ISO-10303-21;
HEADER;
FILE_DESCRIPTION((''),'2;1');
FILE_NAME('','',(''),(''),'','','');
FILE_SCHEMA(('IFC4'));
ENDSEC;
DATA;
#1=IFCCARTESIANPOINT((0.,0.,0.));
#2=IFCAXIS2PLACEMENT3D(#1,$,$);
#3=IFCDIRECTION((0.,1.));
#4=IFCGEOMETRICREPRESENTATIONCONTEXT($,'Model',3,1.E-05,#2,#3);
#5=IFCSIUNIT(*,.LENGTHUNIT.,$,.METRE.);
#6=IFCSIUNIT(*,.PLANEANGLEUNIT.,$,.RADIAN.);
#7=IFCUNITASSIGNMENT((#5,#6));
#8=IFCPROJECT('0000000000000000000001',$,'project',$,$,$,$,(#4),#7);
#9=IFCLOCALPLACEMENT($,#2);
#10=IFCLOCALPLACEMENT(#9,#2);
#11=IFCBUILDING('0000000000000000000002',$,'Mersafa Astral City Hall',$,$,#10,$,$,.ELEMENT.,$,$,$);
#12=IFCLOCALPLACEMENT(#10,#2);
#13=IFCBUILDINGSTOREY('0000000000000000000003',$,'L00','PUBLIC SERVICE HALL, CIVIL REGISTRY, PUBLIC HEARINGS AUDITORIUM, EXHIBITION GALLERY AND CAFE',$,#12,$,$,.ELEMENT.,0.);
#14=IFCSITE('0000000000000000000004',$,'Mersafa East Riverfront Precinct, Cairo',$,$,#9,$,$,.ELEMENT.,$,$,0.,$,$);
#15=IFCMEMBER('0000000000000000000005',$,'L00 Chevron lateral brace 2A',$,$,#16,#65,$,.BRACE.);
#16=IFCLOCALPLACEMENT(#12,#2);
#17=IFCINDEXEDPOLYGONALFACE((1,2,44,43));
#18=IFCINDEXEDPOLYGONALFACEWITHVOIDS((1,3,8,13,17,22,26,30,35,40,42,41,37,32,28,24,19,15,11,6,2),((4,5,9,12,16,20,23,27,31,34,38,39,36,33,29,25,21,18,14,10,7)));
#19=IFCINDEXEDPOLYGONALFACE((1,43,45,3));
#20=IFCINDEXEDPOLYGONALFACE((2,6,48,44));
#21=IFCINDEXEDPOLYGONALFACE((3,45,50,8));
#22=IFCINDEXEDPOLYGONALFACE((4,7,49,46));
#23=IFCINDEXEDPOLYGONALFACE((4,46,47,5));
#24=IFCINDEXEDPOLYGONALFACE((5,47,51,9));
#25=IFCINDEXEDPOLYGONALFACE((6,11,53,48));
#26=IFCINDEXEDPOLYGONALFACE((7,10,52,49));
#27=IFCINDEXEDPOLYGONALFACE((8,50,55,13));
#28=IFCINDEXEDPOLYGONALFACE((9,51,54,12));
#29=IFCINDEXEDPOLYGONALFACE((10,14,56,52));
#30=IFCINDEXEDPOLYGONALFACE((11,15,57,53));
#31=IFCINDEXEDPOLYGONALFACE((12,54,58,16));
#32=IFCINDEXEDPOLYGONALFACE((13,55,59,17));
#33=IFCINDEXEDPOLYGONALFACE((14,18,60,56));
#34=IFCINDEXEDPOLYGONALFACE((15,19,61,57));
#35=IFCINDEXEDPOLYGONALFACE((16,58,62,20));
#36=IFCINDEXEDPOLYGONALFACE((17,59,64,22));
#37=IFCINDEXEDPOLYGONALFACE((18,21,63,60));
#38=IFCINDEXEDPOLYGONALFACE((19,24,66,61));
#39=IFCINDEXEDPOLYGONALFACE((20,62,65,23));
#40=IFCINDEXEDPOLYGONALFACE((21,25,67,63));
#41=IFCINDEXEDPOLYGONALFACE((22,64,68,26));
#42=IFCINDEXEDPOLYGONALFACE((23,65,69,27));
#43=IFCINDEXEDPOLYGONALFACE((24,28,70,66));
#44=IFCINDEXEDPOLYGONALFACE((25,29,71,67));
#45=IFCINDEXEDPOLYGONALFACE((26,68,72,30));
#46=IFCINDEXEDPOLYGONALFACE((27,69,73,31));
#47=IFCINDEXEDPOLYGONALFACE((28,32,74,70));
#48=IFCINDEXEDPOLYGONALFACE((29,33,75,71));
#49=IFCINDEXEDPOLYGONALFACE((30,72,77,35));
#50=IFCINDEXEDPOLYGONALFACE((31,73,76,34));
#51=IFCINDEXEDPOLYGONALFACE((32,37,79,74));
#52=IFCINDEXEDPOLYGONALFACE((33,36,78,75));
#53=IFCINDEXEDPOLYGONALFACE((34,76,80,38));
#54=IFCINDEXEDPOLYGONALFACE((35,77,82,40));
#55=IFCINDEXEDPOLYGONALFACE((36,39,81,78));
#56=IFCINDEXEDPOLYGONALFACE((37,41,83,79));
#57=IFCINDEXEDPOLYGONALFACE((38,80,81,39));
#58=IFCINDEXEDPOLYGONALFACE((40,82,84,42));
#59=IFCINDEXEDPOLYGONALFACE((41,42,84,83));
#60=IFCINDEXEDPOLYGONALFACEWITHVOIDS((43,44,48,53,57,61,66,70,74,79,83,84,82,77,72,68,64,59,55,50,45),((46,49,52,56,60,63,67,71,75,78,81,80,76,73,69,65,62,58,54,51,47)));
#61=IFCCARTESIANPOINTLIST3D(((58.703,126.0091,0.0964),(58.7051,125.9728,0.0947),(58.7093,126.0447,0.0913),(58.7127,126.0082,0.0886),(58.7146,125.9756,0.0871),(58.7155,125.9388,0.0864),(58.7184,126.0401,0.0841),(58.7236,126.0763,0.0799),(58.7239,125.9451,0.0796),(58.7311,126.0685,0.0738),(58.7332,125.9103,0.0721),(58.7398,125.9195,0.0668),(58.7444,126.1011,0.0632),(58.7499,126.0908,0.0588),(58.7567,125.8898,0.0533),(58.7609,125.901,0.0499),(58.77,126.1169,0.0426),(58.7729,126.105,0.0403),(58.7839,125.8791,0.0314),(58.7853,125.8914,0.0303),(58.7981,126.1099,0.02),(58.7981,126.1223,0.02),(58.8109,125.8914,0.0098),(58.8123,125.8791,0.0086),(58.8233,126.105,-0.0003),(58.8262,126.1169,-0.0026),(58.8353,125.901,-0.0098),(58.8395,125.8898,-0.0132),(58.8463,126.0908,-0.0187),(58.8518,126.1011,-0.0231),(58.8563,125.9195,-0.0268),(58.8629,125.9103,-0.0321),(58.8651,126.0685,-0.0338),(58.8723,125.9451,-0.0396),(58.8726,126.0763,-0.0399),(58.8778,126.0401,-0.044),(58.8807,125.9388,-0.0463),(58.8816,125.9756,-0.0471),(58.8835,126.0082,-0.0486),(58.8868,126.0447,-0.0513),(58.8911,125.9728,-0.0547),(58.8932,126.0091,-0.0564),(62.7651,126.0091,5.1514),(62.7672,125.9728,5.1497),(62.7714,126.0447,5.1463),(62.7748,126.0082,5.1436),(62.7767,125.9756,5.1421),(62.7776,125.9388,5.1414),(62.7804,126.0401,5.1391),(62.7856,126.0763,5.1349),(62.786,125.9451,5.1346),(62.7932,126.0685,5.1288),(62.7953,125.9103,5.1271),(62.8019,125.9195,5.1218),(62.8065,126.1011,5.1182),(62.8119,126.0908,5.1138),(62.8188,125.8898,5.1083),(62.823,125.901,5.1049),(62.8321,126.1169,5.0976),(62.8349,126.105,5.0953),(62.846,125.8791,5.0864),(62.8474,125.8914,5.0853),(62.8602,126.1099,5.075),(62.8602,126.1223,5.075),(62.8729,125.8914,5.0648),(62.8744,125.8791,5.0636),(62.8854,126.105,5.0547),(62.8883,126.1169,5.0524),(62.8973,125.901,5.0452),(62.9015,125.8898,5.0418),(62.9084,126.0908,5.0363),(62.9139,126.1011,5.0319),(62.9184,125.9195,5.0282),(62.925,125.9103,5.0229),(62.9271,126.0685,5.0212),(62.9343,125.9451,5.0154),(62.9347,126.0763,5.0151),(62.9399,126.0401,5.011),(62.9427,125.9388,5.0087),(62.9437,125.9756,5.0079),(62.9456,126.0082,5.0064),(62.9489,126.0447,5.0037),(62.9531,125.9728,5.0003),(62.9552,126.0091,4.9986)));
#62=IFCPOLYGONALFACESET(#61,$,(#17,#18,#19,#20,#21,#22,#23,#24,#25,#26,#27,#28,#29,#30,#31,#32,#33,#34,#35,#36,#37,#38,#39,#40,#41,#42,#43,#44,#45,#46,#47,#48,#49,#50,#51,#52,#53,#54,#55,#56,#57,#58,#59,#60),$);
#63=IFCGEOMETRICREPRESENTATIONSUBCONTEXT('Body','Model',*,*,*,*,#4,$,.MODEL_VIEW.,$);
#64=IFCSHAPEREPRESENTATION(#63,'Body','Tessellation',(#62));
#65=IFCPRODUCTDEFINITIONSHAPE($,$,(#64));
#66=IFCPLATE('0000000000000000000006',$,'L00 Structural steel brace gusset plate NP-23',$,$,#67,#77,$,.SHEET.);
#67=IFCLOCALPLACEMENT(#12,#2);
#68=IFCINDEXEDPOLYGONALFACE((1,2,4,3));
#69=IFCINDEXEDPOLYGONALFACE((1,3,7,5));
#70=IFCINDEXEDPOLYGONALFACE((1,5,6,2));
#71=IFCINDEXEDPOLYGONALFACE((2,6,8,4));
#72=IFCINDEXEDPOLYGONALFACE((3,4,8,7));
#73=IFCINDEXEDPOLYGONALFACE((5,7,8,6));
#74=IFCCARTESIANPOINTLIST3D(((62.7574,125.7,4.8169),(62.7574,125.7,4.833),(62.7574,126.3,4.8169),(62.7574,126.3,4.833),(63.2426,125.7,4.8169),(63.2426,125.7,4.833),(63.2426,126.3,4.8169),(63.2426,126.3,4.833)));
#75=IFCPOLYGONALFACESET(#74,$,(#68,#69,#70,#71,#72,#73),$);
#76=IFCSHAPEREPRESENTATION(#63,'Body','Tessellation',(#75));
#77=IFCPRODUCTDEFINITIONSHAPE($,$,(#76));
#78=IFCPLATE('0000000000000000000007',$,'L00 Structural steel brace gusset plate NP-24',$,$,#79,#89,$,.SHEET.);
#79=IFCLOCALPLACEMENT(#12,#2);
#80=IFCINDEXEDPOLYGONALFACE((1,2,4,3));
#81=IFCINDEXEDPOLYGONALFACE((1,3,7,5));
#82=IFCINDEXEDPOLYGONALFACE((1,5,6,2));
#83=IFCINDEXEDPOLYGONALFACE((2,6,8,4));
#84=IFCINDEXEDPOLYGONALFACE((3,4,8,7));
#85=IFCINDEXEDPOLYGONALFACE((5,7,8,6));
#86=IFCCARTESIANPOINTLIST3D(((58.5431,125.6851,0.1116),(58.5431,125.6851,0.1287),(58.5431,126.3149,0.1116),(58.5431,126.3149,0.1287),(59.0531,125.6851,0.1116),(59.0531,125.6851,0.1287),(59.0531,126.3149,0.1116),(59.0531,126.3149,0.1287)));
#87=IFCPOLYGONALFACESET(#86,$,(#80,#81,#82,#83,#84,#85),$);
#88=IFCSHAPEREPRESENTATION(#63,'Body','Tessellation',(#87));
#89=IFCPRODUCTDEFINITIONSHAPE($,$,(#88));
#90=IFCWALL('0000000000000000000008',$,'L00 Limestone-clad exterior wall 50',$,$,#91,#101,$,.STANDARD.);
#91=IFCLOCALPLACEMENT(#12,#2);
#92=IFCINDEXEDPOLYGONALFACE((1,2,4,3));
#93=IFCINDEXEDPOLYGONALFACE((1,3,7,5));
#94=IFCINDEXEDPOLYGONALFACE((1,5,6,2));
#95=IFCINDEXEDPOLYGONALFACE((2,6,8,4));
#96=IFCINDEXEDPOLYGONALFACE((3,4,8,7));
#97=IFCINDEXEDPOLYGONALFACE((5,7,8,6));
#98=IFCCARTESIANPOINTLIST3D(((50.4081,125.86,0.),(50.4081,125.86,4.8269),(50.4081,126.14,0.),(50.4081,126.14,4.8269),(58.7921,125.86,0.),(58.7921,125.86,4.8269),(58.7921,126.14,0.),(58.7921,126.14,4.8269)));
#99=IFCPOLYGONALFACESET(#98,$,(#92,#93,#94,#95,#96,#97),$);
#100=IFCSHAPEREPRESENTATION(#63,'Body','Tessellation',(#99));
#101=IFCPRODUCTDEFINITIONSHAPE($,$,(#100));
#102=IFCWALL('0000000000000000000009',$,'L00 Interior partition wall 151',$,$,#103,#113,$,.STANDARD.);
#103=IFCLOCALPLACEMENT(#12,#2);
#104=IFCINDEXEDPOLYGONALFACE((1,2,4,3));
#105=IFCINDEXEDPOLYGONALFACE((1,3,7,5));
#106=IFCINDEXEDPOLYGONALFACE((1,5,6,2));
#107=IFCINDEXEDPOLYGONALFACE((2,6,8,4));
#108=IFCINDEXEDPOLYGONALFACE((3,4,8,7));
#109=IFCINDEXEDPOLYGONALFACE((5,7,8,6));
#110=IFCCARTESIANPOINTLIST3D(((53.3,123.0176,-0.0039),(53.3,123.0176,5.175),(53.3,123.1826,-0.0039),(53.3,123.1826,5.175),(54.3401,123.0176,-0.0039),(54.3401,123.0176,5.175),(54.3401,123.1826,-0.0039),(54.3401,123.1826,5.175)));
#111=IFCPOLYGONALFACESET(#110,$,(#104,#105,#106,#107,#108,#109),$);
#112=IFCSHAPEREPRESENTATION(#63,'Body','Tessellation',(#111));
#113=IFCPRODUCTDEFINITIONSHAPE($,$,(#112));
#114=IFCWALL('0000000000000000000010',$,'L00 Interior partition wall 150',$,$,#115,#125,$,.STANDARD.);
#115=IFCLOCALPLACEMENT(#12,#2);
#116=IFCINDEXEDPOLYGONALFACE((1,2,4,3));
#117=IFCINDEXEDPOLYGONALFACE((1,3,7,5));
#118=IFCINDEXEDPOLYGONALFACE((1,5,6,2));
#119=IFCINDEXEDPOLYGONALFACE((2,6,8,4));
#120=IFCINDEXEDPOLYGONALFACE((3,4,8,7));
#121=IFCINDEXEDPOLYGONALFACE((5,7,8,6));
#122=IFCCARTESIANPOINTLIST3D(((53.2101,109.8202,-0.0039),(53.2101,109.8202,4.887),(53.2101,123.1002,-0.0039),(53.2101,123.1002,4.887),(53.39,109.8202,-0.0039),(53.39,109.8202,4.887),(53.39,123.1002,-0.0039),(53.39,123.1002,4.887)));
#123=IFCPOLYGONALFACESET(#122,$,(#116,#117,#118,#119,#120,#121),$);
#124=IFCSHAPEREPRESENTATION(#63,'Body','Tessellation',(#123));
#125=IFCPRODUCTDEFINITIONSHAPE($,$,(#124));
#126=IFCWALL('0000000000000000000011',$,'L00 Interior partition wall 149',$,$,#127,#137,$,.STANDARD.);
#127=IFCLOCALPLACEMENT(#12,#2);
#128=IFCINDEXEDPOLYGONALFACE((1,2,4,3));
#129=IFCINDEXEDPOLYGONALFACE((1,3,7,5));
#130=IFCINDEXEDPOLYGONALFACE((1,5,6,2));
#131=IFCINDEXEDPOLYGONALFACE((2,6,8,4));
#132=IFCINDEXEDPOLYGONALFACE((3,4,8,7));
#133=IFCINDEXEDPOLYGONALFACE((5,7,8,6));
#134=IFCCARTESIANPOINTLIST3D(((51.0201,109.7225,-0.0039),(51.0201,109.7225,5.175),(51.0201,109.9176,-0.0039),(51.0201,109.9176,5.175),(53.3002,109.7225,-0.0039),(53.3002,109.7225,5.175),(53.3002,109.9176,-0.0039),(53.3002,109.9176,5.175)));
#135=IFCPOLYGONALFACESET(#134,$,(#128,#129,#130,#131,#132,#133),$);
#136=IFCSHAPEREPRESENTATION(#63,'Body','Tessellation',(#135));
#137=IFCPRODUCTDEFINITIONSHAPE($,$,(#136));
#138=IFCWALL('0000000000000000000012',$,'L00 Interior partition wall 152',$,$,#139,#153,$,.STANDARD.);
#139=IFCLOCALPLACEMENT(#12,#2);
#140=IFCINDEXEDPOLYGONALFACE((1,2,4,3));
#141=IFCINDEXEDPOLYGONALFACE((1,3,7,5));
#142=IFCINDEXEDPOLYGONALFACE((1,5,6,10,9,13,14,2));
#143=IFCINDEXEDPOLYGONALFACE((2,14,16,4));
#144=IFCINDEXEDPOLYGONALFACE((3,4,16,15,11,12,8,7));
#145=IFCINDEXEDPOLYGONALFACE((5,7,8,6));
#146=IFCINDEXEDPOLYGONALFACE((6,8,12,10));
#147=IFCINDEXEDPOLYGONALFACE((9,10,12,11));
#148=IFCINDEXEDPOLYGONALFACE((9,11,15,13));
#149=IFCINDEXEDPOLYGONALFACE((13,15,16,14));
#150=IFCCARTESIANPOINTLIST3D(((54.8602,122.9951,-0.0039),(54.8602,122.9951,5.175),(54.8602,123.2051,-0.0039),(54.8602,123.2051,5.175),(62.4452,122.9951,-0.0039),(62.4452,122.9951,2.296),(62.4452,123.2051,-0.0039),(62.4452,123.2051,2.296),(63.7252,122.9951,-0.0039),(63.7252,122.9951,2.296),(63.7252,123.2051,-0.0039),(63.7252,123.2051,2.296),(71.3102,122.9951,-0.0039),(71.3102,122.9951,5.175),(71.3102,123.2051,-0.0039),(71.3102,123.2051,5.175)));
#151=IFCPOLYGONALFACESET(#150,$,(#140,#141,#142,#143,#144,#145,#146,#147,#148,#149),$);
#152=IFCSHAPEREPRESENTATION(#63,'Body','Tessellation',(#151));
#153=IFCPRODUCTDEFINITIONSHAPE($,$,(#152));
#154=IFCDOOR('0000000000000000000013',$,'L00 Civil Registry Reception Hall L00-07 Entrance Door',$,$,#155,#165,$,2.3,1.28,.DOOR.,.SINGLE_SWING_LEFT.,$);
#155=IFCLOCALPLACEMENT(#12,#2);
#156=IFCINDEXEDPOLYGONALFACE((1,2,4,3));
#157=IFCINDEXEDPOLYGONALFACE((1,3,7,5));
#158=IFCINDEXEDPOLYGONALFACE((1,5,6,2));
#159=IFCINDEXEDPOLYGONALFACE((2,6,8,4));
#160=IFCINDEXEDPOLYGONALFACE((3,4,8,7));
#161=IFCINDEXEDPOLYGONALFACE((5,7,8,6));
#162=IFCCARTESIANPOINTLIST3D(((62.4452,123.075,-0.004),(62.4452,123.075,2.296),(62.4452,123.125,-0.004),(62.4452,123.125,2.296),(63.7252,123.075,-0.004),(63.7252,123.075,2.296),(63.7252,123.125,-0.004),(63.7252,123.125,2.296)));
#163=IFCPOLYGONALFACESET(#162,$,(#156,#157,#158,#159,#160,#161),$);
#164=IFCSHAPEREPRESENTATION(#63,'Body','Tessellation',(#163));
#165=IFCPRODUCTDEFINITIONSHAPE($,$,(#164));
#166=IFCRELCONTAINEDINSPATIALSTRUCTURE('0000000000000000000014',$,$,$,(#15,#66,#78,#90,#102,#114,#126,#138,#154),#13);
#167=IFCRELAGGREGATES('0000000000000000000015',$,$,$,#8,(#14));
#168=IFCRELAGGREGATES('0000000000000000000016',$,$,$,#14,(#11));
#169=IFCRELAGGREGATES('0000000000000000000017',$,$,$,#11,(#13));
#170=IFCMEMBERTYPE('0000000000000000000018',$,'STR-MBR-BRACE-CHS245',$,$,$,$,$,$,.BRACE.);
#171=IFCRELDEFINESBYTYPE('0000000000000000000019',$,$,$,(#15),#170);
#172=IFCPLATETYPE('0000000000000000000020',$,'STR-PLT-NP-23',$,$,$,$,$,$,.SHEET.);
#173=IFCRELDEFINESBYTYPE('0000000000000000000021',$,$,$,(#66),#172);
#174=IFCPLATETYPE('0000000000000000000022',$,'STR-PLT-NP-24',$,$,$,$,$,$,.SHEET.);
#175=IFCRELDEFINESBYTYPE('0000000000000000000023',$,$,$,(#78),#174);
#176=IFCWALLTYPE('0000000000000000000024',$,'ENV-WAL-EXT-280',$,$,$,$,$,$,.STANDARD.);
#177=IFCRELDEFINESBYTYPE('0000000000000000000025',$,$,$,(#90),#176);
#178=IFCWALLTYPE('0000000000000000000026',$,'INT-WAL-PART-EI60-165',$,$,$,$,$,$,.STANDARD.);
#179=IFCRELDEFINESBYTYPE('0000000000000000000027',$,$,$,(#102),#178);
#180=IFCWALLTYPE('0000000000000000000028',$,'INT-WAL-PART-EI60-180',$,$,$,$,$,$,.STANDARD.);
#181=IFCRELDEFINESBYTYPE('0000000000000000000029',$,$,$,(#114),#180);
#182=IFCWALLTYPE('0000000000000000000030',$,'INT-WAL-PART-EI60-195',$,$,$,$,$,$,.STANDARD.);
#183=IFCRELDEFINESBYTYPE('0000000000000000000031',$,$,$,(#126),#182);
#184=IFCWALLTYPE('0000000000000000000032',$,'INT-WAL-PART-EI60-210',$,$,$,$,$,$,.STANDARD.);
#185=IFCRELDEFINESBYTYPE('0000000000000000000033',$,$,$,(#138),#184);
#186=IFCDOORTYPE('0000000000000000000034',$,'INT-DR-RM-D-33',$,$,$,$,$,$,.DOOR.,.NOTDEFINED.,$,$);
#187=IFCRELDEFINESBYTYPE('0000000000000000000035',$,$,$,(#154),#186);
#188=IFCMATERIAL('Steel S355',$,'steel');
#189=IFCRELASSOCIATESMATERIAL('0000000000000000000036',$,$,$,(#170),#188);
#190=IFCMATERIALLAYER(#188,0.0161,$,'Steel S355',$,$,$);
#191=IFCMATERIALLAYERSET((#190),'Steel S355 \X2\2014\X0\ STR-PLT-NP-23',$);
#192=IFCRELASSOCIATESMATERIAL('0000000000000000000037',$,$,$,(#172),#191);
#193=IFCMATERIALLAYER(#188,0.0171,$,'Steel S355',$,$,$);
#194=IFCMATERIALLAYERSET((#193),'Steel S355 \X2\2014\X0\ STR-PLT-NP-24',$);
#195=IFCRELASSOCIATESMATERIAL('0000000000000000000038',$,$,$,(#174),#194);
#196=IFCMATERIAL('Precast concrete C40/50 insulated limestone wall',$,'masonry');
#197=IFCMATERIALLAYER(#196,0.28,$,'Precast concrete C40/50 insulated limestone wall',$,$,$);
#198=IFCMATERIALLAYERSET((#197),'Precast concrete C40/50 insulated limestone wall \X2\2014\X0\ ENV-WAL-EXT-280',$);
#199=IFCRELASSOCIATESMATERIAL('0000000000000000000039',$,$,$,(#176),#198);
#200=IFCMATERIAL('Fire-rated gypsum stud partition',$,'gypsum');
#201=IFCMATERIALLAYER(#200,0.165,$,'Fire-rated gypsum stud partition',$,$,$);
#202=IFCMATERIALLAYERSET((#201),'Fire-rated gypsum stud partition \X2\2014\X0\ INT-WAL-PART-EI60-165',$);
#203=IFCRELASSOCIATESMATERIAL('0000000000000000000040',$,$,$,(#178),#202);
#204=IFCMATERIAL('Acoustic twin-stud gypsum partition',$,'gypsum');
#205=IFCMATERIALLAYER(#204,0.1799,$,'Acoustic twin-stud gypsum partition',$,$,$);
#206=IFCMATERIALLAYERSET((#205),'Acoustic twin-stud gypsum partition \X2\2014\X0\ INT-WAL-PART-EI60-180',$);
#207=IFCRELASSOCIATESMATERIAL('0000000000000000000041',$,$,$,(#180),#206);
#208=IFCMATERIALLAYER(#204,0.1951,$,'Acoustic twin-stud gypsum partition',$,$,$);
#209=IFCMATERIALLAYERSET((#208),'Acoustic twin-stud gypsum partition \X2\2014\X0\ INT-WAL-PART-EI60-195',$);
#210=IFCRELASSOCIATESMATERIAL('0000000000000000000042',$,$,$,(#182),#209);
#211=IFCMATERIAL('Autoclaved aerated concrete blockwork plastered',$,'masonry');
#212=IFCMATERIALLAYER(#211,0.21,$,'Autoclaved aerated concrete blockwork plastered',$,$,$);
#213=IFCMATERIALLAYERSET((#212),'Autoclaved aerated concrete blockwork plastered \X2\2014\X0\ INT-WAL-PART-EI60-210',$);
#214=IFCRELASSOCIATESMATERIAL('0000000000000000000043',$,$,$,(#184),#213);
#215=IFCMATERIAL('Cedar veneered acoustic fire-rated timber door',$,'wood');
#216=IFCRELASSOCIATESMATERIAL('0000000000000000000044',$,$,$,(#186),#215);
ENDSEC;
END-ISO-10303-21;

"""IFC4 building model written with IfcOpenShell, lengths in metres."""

from ifc_helpers import new_model, si_unit, direction, frame, frame_2d, origin, origin_2d, place, context, subcontext, project, spatial, rectangle, hollow_circle, extrude, material, layer, layer_set, material_profile, profile_set, type_object, element, fill, save


model = new_model("IFC4")

# Units and contexts
model_context = context("Model", 3, precision=1e-05, world=origin(), true_north=direction((0.0, 1.0)))
body_context = subcontext(model_context, "Body", "Model", "MODEL_VIEW")
ifc_project = project(units=[si_unit("LENGTHUNIT", "METRE"), si_unit("PLANEANGLEUNIT", "RADIAN")], contexts=[model_context])

# Site, building, storey
site_placement = place(None, origin())
site = spatial("IfcSite", under=ifc_project, at=site_placement, Name="Mersafa East Riverfront Precinct, Cairo", CompositionType="ELEMENT", RefElevation=0.0)
building_placement = place(site_placement, origin())
building = spatial("IfcBuilding", under=site, at=building_placement, Name="Mersafa Astral City Hall", CompositionType="ELEMENT")
storey_placement = place(building_placement, origin())
storey = spatial("IfcBuildingStorey", under=building, at=storey_placement, Name="L00", Description="PUBLIC SERVICE HALL, CIVIL REGISTRY, PUBLIC HEARINGS AUDITORIUM, EXHIBITION GALLERY AND CAFE", CompositionType="ELEMENT", Elevation=0.0)

# Shared definitions
ifc_material_1 = material(Name="Steel S355", Category="steel")

# Member
ifc_material_profile_1 = material_profile(ifc_material_1, hollow_circle(Radius=0.1223, WallThickness=0.0125, at=origin_2d()), Name="CHS 244.5x12.5")
ifc_profile_set_1 = profile_set([ifc_material_profile_1], Name="Steel S355")
member_type = type_object("IfcMemberType", Name="STR-MBR-BRACE-CHS245", PredefinedType="BRACE", material=ifc_profile_set_1)
member_placement = place(storey_placement, frame((58.7981, 126.0, 0.02), z_axis=(0.626392, 0.0, 0.779508), x_axis=(0.0, 1.0, 0.0)))
element("IfcMember", 1, at=member_placement, inside=storey, type_object=member_type, Name="L00 Chevron lateral brace 2A", PredefinedType="BRACE", context=body_context, shape_type="SweptSolid", body=[
    extrude(hollow_circle(Radius=0.1223, WallThickness=0.0125, at=origin_2d()), origin(), (0.0, 0.0, 1.0), 6.4849),
])

# Plates
ifc_layer_1 = layer(ifc_material_1, 0.0161, Name="Steel S355")
ifc_layer_set_1 = layer_set([ifc_layer_1], Name="Steel S355 — STR-PLT-NP-23")
plate_type_1 = type_object("IfcPlateType", Name="STR-PLT-NP-23", PredefinedType="SHEET", material=ifc_layer_set_1)
plate_1_placement = place(storey_placement, frame((63.0, 126.0, 4.8169), z_axis=(0.0, 0.0, 1.0), x_axis=(1.0, 0.0, 0.0)))
element("IfcPlate", 2, at=plate_1_placement, inside=storey, type_object=plate_type_1, Name="L00 Structural steel brace gusset plate NP-23", PredefinedType="SHEET", context=body_context, shape_type="SweptSolid", body=[
    extrude(rectangle(XDim=0.4851, YDim=0.6001, at=origin_2d()), origin(), (0.0, 0.0, 1.0), 0.0161),
])
ifc_layer_2 = layer(ifc_material_1, 0.0171, Name="Steel S355")
ifc_layer_set_2 = layer_set([ifc_layer_2], Name="Steel S355 — STR-PLT-NP-24")
plate_type_2 = type_object("IfcPlateType", Name="STR-PLT-NP-24", PredefinedType="SHEET", material=ifc_layer_set_2)
plate_2_placement = place(storey_placement, frame((58.7981, 126.0, 0.1116), z_axis=(0.0, 0.0, 1.0), x_axis=(1.0, 0.0, 0.0)))
element("IfcPlate", 3, at=plate_2_placement, inside=storey, type_object=plate_type_2, Name="L00 Structural steel brace gusset plate NP-24", PredefinedType="SHEET", context=body_context, shape_type="SweptSolid", body=[
    extrude(rectangle(XDim=0.51, YDim=0.6299, at=origin_2d()), origin(), (0.0, 0.0, 1.0), 0.0171),
])

# Walls
ifc_material_2 = material(Name="Precast concrete C40/50 insulated limestone wall", Category="masonry")
ifc_layer_3 = layer(ifc_material_2, 0.28, Name="Precast concrete C40/50 insulated limestone wall")
ifc_layer_set_3 = layer_set([ifc_layer_3], Name="Precast concrete C40/50 insulated limestone wall — ENV-WAL-EXT-280")
wall_type_1 = type_object("IfcWallType", Name="ENV-WAL-EXT-280", PredefinedType="STANDARD", material=ifc_layer_set_3)
wall_1_placement = place(storey_placement, frame((58.792, 126.0, 0.0), z_axis=(0.0, 0.0, 1.0), x_axis=(-1.0, 0.0, 0.0)))
element("IfcWall", 4, at=wall_1_placement, inside=storey, type_object=wall_type_1, Name="L00 Limestone-clad exterior wall 50", PredefinedType="STANDARD", context=body_context, shape_type="SweptSolid", body=[
    extrude(rectangle(XDim=8.384, YDim=0.28, at=frame_2d((4.1919, 0.0))), origin(), (0.0, 0.0, 1.0), 4.8269),
])
ifc_material_3 = material(Name="Fire-rated gypsum stud partition", Category="gypsum")
ifc_layer_4 = layer(ifc_material_3, 0.165, Name="Fire-rated gypsum stud partition")
ifc_layer_set_4 = layer_set([ifc_layer_4], Name="Fire-rated gypsum stud partition — INT-WAL-PART-EI60-165")
wall_type_2 = type_object("IfcWallType", Name="INT-WAL-PART-EI60-165", PredefinedType="STANDARD", material=ifc_layer_set_4)
wall_2_placement = place(storey_placement, frame((53.3, 123.1001, -0.0039), z_axis=(0.0, 0.0, 1.0), x_axis=(1.0, 0.0, 0.0)))
element("IfcWall", 5, at=wall_2_placement, inside=storey, type_object=wall_type_2, Name="L00 Interior partition wall 151", PredefinedType="STANDARD", context=body_context, shape_type="SweptSolid", body=[
    extrude(rectangle(XDim=1.04, YDim=0.165, at=frame_2d((0.52, 0.0))), origin(), (0.0, 0.0, 1.0), 5.179),
])
ifc_material_4 = material(Name="Acoustic twin-stud gypsum partition", Category="gypsum")
ifc_layer_5 = layer(ifc_material_4, 0.1799, Name="Acoustic twin-stud gypsum partition")
ifc_layer_set_5 = layer_set([ifc_layer_5], Name="Acoustic twin-stud gypsum partition — INT-WAL-PART-EI60-180")
wall_type_3 = type_object("IfcWallType", Name="INT-WAL-PART-EI60-180", PredefinedType="STANDARD", material=ifc_layer_set_5)
wall_3_placement = place(storey_placement, frame((53.3, 109.8201, -0.0039), z_axis=(0.0, 0.0, 1.0), x_axis=(0.0, 1.0, 0.0)))
element("IfcWall", 6, at=wall_3_placement, inside=storey, type_object=wall_type_3, Name="L00 Interior partition wall 150", PredefinedType="STANDARD", context=body_context, shape_type="SweptSolid", body=[
    extrude(rectangle(XDim=13.28, YDim=0.1799, at=frame_2d((6.6401, 0.0))), origin(), (0.0, 0.0, 1.0), 4.8909),
])
ifc_layer_6 = layer(ifc_material_4, 0.1951, Name="Acoustic twin-stud gypsum partition")
ifc_layer_set_6 = layer_set([ifc_layer_6], Name="Acoustic twin-stud gypsum partition — INT-WAL-PART-EI60-195")
wall_type_4 = type_object("IfcWallType", Name="INT-WAL-PART-EI60-195", PredefinedType="STANDARD", material=ifc_layer_set_6)
wall_4_placement = place(storey_placement, frame((51.02, 109.8201, -0.0039), z_axis=(0.0, 0.0, 1.0), x_axis=(1.0, 0.0, 0.0)))
element("IfcWall", 7, at=wall_4_placement, inside=storey, type_object=wall_type_4, Name="L00 Interior partition wall 149", PredefinedType="STANDARD", context=body_context, shape_type="SweptSolid", body=[
    extrude(rectangle(XDim=2.28, YDim=0.1951, at=frame_2d((1.1401, 0.0))), origin(), (0.0, 0.0, 1.0), 5.179),
])

# Wall, opening, door
ifc_material_5 = material(Name="Autoclaved aerated concrete blockwork plastered", Category="masonry")
ifc_layer_7 = layer(ifc_material_5, 0.21, Name="Autoclaved aerated concrete blockwork plastered")
ifc_layer_set_7 = layer_set([ifc_layer_7], Name="Autoclaved aerated concrete blockwork plastered — INT-WAL-PART-EI60-210")
wall_type_5 = type_object("IfcWallType", Name="INT-WAL-PART-EI60-210", PredefinedType="STANDARD", material=ifc_layer_set_7)
wall_5_placement = place(storey_placement, frame((54.8601, 123.1001, -0.0039), z_axis=(0.0, 0.0, 1.0), x_axis=(1.0, 0.0, 0.0)))
wall_5 = element("IfcWall", 8, at=wall_5_placement, inside=storey, type_object=wall_type_5, Name="L00 Interior partition wall 152", PredefinedType="STANDARD", context=body_context, shape_type="SweptSolid", body=[
    extrude(rectangle(XDim=16.45, YDim=0.21, at=frame_2d((8.2251, 0.0))), origin(), (0.0, 0.0, 1.0), 5.179),
])
opening_placement = place(wall_5_placement, frame((7.585, 0.0, 0.0)))
opening = element("IfcOpeningElement", 9, at=opening_placement, cuts=wall_5, PredefinedType="OPENING", context=body_context, shape_type="SweptSolid", body=[
    extrude(rectangle(XDim=1.28, YDim=2.3, at=frame_2d((0.6401, 1.1499))), frame((0.0, 0.115, 0.0), z_axis=(0.0, -1.0, 0.0), x_axis=(1.0, 0.0, 0.0)), (0.0, 0.0, 1.0), 0.23),
])
ifc_material_6 = material(Name="Cedar veneered acoustic fire-rated timber door", Category="wood")
door_type = type_object("IfcDoorType", Name="INT-DR-RM-D-33", OperationType="NOTDEFINED", PredefinedType="DOOR", material=ifc_material_6)
door_placement = place(opening_placement, origin())
door = element("IfcDoor", 10, at=door_placement, inside=storey, type_object=door_type, Name="L00 Civil Registry Reception Hall L00-07 Entrance Door", OperationType="SINGLE_SWING_LEFT", OverallHeight=2.3, OverallWidth=1.28, PredefinedType="DOOR", context=body_context, shape_type="SweptSolid", body=[
    extrude(rectangle(XDim=1.28, YDim=2.3, at=frame_2d((0.6401, 1.1499))), frame((0.0, 0.0249, 0.0), z_axis=(0.0, -1.0, 0.0), x_axis=(1.0, 0.0, 0.0)), (0.0, 0.0, 1.0), 0.05),
])
fill(opening, door)

save(model, "model.ifc")
